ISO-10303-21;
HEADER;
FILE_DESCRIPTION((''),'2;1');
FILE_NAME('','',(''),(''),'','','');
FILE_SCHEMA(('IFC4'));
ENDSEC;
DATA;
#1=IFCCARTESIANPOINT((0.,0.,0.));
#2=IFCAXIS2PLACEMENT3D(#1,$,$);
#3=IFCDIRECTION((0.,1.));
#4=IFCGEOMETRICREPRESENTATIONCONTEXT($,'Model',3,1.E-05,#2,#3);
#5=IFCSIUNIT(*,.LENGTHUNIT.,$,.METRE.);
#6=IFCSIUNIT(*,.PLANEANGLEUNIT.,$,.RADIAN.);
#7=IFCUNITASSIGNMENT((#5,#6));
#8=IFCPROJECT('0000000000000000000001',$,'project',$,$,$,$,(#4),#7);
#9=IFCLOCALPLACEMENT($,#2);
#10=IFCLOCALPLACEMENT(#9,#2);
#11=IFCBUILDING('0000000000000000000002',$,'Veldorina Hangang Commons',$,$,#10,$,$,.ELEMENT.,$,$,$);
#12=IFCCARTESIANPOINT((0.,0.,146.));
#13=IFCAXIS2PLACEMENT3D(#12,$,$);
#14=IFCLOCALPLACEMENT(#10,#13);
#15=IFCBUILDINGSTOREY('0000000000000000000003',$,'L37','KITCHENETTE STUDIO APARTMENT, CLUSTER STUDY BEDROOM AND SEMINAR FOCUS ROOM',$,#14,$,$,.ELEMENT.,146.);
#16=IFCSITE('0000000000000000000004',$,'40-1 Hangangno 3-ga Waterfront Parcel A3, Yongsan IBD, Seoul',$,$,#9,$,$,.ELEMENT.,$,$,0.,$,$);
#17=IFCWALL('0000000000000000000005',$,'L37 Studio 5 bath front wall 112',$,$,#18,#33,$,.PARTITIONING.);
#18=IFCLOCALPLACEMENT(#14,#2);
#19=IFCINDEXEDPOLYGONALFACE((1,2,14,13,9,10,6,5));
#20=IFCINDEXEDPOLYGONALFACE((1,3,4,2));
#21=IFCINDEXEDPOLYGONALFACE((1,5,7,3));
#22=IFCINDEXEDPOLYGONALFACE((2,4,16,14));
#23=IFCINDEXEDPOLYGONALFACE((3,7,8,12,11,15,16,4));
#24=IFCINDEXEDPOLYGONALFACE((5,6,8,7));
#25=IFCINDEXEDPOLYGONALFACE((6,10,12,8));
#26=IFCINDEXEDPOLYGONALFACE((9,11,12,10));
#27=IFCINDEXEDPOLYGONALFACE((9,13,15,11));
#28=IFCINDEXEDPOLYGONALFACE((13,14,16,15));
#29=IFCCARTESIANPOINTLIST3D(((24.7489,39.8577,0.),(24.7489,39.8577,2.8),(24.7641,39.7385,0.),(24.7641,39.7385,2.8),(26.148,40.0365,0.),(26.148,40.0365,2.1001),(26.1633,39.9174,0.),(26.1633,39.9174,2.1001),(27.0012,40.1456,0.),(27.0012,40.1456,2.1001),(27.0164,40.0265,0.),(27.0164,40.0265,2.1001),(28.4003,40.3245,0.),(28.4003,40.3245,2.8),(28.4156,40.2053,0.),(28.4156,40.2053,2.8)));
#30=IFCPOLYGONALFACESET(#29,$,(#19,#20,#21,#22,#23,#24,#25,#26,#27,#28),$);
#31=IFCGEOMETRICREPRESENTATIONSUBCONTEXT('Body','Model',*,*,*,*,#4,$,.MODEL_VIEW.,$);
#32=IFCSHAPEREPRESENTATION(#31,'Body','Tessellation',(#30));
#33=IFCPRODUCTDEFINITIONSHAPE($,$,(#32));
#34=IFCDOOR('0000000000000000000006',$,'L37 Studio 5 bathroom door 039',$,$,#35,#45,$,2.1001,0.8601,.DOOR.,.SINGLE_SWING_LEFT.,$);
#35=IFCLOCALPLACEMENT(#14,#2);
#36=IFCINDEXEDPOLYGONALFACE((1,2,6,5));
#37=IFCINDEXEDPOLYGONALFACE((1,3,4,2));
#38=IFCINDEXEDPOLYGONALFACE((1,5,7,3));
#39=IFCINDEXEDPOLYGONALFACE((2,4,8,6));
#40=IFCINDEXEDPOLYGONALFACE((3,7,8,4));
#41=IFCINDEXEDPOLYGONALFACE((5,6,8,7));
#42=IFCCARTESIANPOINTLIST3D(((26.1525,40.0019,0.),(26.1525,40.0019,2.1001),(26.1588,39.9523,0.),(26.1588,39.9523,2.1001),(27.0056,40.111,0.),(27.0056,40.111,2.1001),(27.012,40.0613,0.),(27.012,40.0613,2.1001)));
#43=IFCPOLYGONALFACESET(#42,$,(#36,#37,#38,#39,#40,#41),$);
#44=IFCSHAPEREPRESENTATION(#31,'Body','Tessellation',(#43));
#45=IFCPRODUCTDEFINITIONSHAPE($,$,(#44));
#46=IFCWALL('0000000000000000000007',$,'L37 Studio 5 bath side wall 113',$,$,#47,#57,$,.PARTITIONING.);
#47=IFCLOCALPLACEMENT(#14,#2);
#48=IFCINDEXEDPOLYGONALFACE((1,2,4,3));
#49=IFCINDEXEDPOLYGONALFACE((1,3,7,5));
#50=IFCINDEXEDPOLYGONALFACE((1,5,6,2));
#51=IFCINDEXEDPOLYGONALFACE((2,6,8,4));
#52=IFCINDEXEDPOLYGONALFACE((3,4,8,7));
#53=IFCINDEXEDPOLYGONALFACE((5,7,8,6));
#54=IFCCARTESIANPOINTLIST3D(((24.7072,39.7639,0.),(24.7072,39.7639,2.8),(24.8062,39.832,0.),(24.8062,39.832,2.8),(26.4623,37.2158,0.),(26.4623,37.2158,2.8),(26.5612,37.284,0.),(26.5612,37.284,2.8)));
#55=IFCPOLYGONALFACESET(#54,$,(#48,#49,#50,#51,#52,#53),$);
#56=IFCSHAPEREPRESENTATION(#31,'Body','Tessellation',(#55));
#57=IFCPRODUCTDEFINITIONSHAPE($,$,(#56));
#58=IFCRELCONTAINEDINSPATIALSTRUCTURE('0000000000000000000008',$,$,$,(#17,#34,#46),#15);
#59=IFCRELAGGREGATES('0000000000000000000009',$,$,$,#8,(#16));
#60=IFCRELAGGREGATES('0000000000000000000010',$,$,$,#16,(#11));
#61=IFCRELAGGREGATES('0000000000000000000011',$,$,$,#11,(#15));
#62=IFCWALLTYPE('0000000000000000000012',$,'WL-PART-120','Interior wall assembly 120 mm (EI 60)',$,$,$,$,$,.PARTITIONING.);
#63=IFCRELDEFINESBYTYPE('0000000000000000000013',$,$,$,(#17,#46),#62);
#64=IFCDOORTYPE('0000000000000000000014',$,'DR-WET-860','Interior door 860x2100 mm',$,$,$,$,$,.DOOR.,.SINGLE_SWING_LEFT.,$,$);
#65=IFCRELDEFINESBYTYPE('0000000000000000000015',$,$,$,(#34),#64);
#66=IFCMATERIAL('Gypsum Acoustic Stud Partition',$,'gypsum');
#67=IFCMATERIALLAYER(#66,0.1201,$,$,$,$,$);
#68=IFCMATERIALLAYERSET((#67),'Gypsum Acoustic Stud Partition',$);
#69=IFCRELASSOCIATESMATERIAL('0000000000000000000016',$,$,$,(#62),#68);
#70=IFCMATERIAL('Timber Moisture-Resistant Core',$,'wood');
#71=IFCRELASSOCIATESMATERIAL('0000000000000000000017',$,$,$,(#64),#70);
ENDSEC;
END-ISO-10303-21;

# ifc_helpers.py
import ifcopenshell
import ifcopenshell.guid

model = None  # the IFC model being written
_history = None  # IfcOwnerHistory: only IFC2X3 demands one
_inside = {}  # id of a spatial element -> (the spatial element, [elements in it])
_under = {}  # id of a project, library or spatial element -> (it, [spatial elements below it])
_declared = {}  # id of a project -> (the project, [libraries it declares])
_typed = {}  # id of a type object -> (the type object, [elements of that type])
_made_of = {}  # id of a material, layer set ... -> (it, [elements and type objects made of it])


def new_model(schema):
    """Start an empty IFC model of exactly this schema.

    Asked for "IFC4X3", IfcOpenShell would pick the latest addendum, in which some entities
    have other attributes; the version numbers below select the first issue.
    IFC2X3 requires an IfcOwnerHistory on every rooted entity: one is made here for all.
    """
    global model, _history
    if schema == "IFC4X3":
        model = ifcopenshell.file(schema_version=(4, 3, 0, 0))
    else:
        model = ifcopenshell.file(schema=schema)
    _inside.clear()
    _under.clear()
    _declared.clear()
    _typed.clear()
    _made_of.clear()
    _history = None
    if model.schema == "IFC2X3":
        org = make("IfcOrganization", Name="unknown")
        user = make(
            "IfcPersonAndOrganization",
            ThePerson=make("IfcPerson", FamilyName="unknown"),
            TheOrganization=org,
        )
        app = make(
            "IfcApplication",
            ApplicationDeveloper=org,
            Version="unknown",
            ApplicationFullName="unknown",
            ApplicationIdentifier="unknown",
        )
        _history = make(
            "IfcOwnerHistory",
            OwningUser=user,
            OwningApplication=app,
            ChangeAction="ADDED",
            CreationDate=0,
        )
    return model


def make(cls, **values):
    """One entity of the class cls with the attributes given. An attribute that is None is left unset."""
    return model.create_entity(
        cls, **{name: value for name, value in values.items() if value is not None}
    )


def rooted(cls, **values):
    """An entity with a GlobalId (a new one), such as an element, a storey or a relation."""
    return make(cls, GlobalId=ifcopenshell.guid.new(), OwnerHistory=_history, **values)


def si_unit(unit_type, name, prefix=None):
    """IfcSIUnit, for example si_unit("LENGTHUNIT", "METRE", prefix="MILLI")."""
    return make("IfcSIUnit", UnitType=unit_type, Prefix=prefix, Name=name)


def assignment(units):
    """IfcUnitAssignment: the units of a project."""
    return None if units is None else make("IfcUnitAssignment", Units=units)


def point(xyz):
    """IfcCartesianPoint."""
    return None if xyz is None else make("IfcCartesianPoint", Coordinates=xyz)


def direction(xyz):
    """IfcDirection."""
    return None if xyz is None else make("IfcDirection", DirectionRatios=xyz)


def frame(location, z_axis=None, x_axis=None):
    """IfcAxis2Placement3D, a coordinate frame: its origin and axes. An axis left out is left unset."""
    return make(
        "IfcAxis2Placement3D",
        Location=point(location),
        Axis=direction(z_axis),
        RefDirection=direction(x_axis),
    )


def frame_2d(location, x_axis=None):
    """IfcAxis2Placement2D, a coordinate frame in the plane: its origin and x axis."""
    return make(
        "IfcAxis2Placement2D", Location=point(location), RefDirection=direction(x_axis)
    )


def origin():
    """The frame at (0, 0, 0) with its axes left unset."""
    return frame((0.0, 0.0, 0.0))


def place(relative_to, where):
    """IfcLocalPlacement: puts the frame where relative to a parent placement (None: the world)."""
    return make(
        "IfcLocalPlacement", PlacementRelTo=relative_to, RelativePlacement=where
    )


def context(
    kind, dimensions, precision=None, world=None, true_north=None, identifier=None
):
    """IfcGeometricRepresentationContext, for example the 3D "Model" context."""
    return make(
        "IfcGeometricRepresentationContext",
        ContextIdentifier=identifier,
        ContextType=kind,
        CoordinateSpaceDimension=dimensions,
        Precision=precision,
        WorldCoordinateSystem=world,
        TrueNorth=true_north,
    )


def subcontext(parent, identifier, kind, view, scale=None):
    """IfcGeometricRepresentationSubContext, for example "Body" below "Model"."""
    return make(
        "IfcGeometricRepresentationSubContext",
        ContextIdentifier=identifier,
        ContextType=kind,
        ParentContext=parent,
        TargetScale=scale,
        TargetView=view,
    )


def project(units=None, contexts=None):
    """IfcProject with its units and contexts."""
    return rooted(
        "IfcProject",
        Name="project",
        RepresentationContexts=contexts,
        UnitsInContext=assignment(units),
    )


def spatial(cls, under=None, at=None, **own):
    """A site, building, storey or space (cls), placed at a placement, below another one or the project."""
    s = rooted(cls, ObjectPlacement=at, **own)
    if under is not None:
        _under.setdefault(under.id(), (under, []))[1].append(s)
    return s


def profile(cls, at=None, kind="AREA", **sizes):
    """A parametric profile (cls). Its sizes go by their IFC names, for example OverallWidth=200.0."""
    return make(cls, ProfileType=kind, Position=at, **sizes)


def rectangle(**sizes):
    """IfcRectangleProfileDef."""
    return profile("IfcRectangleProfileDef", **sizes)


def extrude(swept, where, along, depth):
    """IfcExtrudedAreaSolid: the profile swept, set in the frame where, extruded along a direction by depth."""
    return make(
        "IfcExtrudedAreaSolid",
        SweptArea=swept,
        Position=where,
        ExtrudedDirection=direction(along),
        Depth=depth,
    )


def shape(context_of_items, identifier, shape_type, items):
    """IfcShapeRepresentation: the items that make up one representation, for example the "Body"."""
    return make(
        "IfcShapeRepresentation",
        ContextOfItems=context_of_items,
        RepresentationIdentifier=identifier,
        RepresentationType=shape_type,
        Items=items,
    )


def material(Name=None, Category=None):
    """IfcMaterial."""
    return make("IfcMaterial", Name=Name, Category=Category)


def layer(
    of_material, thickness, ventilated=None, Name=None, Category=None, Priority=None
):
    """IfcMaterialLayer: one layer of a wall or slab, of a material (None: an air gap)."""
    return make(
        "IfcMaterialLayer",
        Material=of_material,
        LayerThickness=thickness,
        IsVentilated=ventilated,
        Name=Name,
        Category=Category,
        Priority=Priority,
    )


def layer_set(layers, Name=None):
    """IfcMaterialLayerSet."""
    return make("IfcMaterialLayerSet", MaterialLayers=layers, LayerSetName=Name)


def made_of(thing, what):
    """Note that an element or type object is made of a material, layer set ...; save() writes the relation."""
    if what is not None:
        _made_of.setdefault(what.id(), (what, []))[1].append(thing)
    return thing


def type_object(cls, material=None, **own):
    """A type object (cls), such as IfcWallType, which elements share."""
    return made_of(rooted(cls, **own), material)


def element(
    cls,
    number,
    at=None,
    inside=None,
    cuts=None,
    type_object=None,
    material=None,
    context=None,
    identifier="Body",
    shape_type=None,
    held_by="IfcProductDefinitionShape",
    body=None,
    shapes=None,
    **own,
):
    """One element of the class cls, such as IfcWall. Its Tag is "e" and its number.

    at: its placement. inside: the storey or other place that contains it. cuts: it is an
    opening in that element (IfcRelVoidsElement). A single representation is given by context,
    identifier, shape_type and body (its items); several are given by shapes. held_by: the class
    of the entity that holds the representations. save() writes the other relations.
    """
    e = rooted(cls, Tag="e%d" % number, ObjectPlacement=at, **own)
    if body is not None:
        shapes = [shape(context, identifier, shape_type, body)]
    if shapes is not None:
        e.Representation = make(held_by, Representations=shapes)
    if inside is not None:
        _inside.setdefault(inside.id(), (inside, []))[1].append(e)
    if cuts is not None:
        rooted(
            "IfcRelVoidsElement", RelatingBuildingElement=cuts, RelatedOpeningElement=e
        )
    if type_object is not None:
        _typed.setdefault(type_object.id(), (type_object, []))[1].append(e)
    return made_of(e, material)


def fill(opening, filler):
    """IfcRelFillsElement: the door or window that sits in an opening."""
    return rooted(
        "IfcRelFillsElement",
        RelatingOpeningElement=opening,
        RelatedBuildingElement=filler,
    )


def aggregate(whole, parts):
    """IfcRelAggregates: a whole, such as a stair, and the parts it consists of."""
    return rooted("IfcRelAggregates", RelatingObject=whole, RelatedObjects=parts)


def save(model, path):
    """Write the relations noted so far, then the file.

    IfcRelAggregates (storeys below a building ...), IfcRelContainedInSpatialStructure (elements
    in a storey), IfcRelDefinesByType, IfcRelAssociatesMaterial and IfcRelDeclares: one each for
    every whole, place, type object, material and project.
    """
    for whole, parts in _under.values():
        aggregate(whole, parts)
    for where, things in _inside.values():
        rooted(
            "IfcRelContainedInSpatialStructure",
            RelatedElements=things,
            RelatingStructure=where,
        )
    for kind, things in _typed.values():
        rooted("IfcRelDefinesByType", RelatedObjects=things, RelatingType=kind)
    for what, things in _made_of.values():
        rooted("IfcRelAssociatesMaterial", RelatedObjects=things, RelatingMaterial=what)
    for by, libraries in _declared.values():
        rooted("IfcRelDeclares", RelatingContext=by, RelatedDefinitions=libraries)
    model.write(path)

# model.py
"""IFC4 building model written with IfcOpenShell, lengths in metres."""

from ifc_helpers import new_model, si_unit, direction, frame, frame_2d, origin, place, context, subcontext, project, spatial, rectangle, extrude, material, layer, layer_set, type_object, element, fill, save


model = new_model("IFC4")

# Units and contexts
model_context = context("Model", 3, precision=1e-05, world=origin(), true_north=direction((0.0, 1.0)))
body_context = subcontext(model_context, "Body", "Model", "MODEL_VIEW")
ifc_project = project(units=[si_unit("LENGTHUNIT", "METRE"), si_unit("PLANEANGLEUNIT", "RADIAN")], contexts=[model_context])

# Site, building, storey
site_placement = place(None, origin())
site = spatial("IfcSite", under=ifc_project, at=site_placement, Name="40-1 Hangangno 3-ga Waterfront Parcel A3, Yongsan IBD, Seoul", CompositionType="ELEMENT", RefElevation=0.0)
building_placement = place(site_placement, origin())
building = spatial("IfcBuilding", under=site, at=building_placement, Name="Veldorina Hangang Commons", CompositionType="ELEMENT")
storey_placement = place(building_placement, frame((0.0, 0.0, 146.0)))
storey = spatial("IfcBuildingStorey", under=building, at=storey_placement, Name="L37", Description="KITCHENETTE STUDIO APARTMENT, CLUSTER STUDY BEDROOM AND SEMINAR FOCUS ROOM", CompositionType="ELEMENT", Elevation=146.0)

# Shared definitions
ifc_material_1 = material(Name="Gypsum Acoustic Stud Partition", Category="gypsum")
ifc_layer_1 = layer(ifc_material_1, 0.1201)
ifc_layer_set_1 = layer_set([ifc_layer_1], Name="Gypsum Acoustic Stud Partition")
wall_type_1 = type_object("IfcWallType", Name="WL-PART-120", Description="Interior wall assembly 120 mm (EI 60)", PredefinedType="PARTITIONING", material=ifc_layer_set_1)

# Wall, opening, door
wall_1_placement = place(storey_placement, frame((28.408, 40.2649, 0.0), z_axis=(0.0, 0.0, 1.0), x_axis=(-0.991927, -0.12681, 0.0)))
wall_1 = element("IfcWall", 1, at=wall_1_placement, inside=storey, type_object=wall_type_1, Name="L37 Studio 5 bath front wall 112", PredefinedType="PARTITIONING", context=body_context, shape_type="SweptSolid", body=[
    extrude(rectangle(XDim=3.6812, YDim=0.1201, at=frame_2d((1.8406, 0.0))), origin(), (0.0, 0.0, 1.0), 2.8),
])
opening_1_placement = place(wall_1_placement, frame((1.4104, 0.0, 0.0)))
opening_1 = element("IfcOpeningElement", 2, at=opening_1_placement, cuts=wall_1, PredefinedType="OPENING", context=body_context, shape_type="SweptSolid", body=[
    extrude(rectangle(XDim=0.8601, YDim=2.1001, at=frame_2d((0.4302, 1.05))), frame((0.0, 0.0701, 0.0), z_axis=(0.0, -1.0, 0.0), x_axis=(1.0, 0.0, 0.0)), (0.0, 0.0, 1.0), 0.1401),
])
ifc_material_2 = material(Name="Timber Moisture-Resistant Core", Category="wood")
door_type_1 = type_object("IfcDoorType", Name="DR-WET-860", Description="Interior door 860x2100 mm", OperationType="SINGLE_SWING_LEFT", PredefinedType="DOOR", material=ifc_material_2)
door_1_placement = place(opening_1_placement, origin())
door_1 = element("IfcDoor", 3, at=door_1_placement, inside=storey, type_object=door_type_1, Name="L37 Studio 5 bathroom door 039", OperationType="SINGLE_SWING_LEFT", OverallHeight=2.1001, OverallWidth=0.8601, PredefinedType="DOOR", context=body_context, shape_type="SweptSolid", body=[
    extrude(rectangle(XDim=0.8601, YDim=2.1001, at=frame_2d((0.4302, 1.05))), frame((0.0, 0.0249, 0.0), z_axis=(0.0, -1.0, 0.0), x_axis=(1.0, 0.0, 0.0)), (0.0, 0.0, 1.0), 0.05),
])
fill(opening_1, door_1)

# Wall
wall_2_placement = place(storey_placement, frame((26.5117, 37.25, 0.0), z_axis=(0.0, 0.0, 1.0), x_axis=(-0.567255, 0.823542, 0.0)))
element("IfcWall", 4, at=wall_2_placement, inside=storey, type_object=wall_type_1, Name="L37 Studio 5 bath side wall 113", PredefinedType="PARTITIONING", context=body_context, shape_type="SweptSolid", body=[
    extrude(rectangle(XDim=3.094, YDim=0.1201, at=frame_2d((1.5469, 0.0))), origin(), (0.0, 0.0, 1.0), 2.8),
])

save(model, "model.ifc")
